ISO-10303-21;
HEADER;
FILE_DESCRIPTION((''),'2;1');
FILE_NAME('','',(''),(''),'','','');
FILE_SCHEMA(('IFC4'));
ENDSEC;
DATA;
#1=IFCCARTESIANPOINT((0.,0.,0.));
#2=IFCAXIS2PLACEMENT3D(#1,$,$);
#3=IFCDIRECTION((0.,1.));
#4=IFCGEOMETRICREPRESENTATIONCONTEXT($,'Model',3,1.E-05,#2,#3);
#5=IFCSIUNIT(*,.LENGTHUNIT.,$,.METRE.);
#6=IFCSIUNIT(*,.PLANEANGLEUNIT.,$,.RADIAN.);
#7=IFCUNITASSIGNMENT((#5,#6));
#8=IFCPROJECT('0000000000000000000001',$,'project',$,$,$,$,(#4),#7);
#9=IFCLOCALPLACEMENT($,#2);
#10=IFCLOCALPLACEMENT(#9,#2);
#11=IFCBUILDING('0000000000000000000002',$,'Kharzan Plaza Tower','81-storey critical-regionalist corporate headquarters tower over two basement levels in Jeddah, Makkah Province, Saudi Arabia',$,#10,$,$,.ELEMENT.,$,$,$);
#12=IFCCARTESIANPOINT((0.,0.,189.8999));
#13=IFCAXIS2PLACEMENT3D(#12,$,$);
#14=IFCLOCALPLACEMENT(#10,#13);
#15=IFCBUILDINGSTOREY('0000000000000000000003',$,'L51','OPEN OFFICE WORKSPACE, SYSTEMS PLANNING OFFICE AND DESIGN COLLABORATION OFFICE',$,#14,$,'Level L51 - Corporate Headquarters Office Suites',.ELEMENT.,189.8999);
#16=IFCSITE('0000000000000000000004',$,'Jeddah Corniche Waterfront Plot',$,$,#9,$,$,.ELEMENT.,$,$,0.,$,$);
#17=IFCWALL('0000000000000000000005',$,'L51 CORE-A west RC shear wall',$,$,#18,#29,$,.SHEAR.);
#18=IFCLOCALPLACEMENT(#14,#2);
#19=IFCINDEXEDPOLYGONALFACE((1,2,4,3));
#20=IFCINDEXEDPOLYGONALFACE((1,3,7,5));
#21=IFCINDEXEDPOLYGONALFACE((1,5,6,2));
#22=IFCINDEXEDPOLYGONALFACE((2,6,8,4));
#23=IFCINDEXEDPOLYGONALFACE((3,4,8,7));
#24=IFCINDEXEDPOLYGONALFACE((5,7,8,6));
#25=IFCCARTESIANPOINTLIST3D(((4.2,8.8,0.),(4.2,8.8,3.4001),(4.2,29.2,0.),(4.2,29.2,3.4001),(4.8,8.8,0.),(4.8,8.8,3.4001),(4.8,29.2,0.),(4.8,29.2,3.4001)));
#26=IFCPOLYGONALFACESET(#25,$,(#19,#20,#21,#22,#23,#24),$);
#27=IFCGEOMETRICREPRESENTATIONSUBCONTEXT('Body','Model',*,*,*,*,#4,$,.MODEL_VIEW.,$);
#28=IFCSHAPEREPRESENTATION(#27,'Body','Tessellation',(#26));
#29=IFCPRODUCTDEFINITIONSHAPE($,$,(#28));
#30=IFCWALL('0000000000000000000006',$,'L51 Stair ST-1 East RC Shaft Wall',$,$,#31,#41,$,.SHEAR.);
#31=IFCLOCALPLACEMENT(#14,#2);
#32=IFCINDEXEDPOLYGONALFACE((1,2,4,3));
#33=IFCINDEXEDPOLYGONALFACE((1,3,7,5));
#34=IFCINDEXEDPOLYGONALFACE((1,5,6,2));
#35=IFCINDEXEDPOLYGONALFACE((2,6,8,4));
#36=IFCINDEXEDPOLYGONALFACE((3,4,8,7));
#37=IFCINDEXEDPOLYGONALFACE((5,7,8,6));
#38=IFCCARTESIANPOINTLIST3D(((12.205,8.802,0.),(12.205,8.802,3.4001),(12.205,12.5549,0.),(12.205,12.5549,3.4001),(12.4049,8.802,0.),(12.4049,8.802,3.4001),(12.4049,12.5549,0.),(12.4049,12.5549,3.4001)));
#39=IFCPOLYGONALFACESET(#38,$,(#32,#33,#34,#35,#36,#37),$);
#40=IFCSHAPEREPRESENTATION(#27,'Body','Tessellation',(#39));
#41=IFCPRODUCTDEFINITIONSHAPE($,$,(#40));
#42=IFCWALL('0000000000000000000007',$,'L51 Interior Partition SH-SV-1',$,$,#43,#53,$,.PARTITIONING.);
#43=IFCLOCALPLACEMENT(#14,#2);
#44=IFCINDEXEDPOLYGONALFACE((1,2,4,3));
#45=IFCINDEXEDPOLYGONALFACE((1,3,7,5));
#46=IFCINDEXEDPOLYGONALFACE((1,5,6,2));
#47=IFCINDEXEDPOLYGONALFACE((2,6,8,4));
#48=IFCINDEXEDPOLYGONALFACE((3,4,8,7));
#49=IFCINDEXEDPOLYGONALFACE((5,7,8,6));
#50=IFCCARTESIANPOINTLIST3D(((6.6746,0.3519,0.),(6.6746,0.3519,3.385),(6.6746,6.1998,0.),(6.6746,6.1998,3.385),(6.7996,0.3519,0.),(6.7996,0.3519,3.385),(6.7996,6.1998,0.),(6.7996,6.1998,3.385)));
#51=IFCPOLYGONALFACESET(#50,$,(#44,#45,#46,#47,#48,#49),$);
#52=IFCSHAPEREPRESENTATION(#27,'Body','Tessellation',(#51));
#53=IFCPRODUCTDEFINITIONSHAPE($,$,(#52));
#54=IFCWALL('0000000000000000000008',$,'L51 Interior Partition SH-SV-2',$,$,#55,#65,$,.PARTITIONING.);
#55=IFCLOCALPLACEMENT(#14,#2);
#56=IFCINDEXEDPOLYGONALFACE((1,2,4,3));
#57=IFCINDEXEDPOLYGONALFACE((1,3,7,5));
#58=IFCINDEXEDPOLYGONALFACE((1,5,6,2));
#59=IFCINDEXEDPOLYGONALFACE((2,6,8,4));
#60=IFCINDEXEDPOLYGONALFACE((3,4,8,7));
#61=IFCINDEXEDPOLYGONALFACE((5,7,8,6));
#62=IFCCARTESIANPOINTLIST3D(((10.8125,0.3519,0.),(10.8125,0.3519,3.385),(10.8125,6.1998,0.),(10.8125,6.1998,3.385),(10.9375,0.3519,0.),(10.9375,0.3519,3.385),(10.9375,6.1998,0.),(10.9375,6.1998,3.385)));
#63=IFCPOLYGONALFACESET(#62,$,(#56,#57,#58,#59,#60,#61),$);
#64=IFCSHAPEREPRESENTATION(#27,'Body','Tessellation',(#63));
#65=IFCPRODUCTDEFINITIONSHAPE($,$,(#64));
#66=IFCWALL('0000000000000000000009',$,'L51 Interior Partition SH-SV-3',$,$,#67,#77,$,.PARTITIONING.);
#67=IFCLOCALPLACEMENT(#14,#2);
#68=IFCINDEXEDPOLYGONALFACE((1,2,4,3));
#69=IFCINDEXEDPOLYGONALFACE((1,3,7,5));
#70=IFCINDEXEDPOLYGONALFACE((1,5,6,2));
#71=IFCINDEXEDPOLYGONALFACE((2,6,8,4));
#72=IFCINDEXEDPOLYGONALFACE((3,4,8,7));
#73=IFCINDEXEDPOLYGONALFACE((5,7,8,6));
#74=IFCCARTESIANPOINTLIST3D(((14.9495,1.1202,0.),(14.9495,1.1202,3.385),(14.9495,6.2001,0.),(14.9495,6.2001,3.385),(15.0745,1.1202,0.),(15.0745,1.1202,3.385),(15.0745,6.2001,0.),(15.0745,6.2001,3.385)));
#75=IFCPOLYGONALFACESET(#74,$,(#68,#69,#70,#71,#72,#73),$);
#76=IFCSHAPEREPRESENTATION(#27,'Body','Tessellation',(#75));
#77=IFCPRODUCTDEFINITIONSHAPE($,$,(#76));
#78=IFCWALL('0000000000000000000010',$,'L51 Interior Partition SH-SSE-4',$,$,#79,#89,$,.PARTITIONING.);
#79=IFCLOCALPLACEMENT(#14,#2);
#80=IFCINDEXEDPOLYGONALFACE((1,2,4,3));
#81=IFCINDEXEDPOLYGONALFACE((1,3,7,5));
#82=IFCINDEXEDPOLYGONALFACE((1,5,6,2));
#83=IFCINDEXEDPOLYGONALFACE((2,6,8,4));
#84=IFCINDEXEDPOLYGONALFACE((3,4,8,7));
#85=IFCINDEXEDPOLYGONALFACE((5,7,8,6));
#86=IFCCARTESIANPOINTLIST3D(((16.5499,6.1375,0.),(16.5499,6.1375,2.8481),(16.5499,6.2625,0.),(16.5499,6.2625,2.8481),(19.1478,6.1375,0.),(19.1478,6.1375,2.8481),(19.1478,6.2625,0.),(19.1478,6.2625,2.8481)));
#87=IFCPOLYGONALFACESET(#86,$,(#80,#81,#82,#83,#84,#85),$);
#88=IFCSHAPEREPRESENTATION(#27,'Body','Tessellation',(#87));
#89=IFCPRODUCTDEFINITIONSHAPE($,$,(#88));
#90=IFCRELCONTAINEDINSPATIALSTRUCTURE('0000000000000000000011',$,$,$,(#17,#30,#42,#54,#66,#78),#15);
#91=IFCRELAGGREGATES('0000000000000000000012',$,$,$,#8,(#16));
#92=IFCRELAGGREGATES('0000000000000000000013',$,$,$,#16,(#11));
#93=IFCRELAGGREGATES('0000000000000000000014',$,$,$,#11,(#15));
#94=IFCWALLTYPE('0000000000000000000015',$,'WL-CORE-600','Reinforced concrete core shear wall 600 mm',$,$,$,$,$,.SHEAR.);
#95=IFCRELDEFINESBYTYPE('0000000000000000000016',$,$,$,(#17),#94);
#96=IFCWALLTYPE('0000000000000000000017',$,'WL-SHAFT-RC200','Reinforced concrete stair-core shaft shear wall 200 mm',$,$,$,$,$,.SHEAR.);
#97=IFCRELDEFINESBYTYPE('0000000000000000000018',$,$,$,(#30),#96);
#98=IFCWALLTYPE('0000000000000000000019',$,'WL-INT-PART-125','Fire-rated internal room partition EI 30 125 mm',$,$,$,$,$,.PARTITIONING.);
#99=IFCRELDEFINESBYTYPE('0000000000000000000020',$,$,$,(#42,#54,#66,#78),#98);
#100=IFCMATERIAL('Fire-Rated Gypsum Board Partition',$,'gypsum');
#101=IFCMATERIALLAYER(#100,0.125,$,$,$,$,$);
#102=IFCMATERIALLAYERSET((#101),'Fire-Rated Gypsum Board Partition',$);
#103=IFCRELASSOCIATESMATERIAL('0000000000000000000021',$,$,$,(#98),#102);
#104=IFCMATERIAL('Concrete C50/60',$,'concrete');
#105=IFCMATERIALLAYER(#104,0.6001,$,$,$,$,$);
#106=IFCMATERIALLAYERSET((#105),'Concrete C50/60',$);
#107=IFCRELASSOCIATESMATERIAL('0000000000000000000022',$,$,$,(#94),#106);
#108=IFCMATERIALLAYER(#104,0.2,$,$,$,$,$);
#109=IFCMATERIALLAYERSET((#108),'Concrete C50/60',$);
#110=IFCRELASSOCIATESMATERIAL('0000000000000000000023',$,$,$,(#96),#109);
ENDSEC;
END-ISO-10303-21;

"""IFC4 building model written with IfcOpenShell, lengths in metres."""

from ifc_helpers import new_model, si_unit, direction, frame, frame_2d, origin, place, context, subcontext, project, spatial, rectangle, extrude, source, transform, mapped, material, layer, layer_set, type_object, element, save


model = new_model("IFC4")

# Units and contexts
model_context = context("Model", 3, precision=1e-05, world=origin(), true_north=direction((0.0, 1.0)))
body_context = subcontext(model_context, "Body", "Model", "MODEL_VIEW")
ifc_project = project(units=[si_unit("LENGTHUNIT", "METRE"), si_unit("PLANEANGLEUNIT", "RADIAN")], contexts=[model_context])

# Site, building, storey
site_placement = place(None, origin())
site = spatial("IfcSite", under=ifc_project, at=site_placement, Name="Jeddah Corniche Waterfront Plot", CompositionType="ELEMENT", RefElevation=0.0)
building_placement = place(site_placement, origin())
building = spatial("IfcBuilding", under=site, at=building_placement, Name="Kharzan Plaza Tower", Description="81-storey critical-regionalist corporate headquarters tower over two basement levels in Jeddah, Makkah Province, Saudi Arabia", CompositionType="ELEMENT")
storey_placement = place(building_placement, frame((0.0, 0.0, 189.8999)))
storey = spatial("IfcBuildingStorey", under=building, at=storey_placement, Name="L51", Description="OPEN OFFICE WORKSPACE, SYSTEMS PLANNING OFFICE AND DESIGN COLLABORATION OFFICE", LongName="Level L51 - Corporate Headquarters Office Suites", CompositionType="ELEMENT", Elevation=189.8999)

# Shared definitions
ifc_material_1 = material(Name="Concrete C50/60", Category="concrete")

# Shared definitions
ifc_material_2 = material(Name="Fire-Rated Gypsum Board Partition", Category="gypsum")
ifc_layer_1 = layer(ifc_material_2, 0.125)
ifc_layer_set_1 = layer_set([ifc_layer_1], Name="Fire-Rated Gypsum Board Partition")
wall_type_1 = type_object("IfcWallType", Name="WL-INT-PART-125", Description="Fire-rated internal room partition EI 30 125 mm", PredefinedType="PARTITIONING", material=ifc_layer_set_1)

# Walls
ifc_layer_2 = layer(ifc_material_1, 0.6001)
ifc_layer_set_2 = layer_set([ifc_layer_2], Name="Concrete C50/60")
wall_type_2 = type_object("IfcWallType", Name="WL-CORE-600", Description="Reinforced concrete core shear wall 600 mm", PredefinedType="SHEAR", material=ifc_layer_set_2)
shared_shape_1 = source(origin(), body_context, "Body", "SweptSolid", [
    extrude(rectangle(XDim=20.3999, YDim=0.6001, at=frame_2d((10.2, 0.0))), origin(), (0.0, 0.0, 1.0), 3.4001),
])
wall_1_placement = place(storey_placement, frame((4.5, 8.8, 0.0), z_axis=(0.0, 0.0, 1.0), x_axis=(0.0, 1.0, 0.0)))
element("IfcWall", 1, at=wall_1_placement, inside=storey, type_object=wall_type_2, Name="L51 CORE-A west RC shear wall", PredefinedType="SHEAR", context=body_context, shape_type="MappedRepresentation", body=[
    mapped(shared_shape_1, transform((0.0, 0.0, 0.0), x_axis=(1.0, 0.0, 0.0), y_axis=(0.0, 1.0, 0.0), z_axis=(0.0, 0.0, 1.0))),
])
ifc_layer_3 = layer(ifc_material_1, 0.2)
ifc_layer_set_3 = layer_set([ifc_layer_3], Name="Concrete C50/60")
wall_type_3 = type_object("IfcWallType", Name="WL-SHAFT-RC200", Description="Reinforced concrete stair-core shaft shear wall 200 mm", PredefinedType="SHEAR", material=ifc_layer_set_3)
shared_shape_2 = source(origin(), body_context, "Body", "SweptSolid", [
    extrude(rectangle(XDim=3.7529, YDim=0.2, at=frame_2d((1.8765, 0.0))), origin(), (0.0, 0.0, 1.0), 3.4001),
])
wall_2_placement = place(storey_placement, frame((12.3049, 8.802, 0.0), z_axis=(0.0, 0.0, 1.0), x_axis=(0.0, 1.0, 0.0)))
element("IfcWall", 2, at=wall_2_placement, inside=storey, type_object=wall_type_3, Name="L51 Stair ST-1 East RC Shaft Wall", PredefinedType="SHEAR", context=body_context, shape_type="MappedRepresentation", body=[
    mapped(shared_shape_2, transform((0.0, 0.0, 0.0), x_axis=(1.0, 0.0, 0.0), y_axis=(0.0, 1.0, 0.0), z_axis=(0.0, 0.0, 1.0))),
])
shared_shape_3 = source(origin(), body_context, "Body", "SweptSolid", [
    extrude(rectangle(XDim=5.8479, YDim=0.125, at=frame_2d((2.9238, 0.0))), origin(), (0.0, 0.0, 1.0), 3.385),
])
for number, where, z_axis, x_axis, name in (
    (3, (6.7371, 0.3521, 0.0), (0.0, 0.0, 1.0), (0.0, 1.0, 0.0), "L51 Interior Partition SH-SV-1"),
    (4, (10.875, 0.3521, 0.0), (0.0, 0.0, 1.0), (0.0, 1.0, 0.0), "L51 Interior Partition SH-SV-2"),
):
    element("IfcWall", number, at=place(storey_placement, frame(where, z_axis=z_axis, x_axis=x_axis)), inside=storey, type_object=wall_type_1, Name=name, PredefinedType="PARTITIONING", context=body_context, shape_type="MappedRepresentation", body=[
        mapped(shared_shape_3, transform((0.0, 0.0, 0.0), x_axis=(1.0, 0.0, 0.0), y_axis=(0.0, 1.0, 0.0), z_axis=(0.0, 0.0, 1.0))),
    ])
shared_shape_4 = source(origin(), body_context, "Body", "SweptSolid", [
    extrude(rectangle(XDim=5.0798, YDim=0.125, at=frame_2d((2.54, 0.0))), origin(), (0.0, 0.0, 1.0), 3.385),
])
wall_3_placement = place(storey_placement, frame((15.012, 1.1201, 0.0), z_axis=(0.0, 0.0, 1.0), x_axis=(0.0, 1.0, 0.0)))
element("IfcWall", 5, at=wall_3_placement, inside=storey, type_object=wall_type_1, Name="L51 Interior Partition SH-SV-3", PredefinedType="PARTITIONING", context=body_context, shape_type="MappedRepresentation", body=[
    mapped(shared_shape_4, transform((0.0, 0.0, 0.0), x_axis=(1.0, 0.0, 0.0), y_axis=(0.0, 1.0, 0.0), z_axis=(0.0, 0.0, 1.0))),
])
shared_shape_5 = source(origin(), body_context, "Body", "SweptSolid", [
    extrude(rectangle(XDim=2.5979, YDim=0.125, at=frame_2d((1.2988, 0.0))), origin(), (0.0, 0.0, 1.0), 2.8481),
])
wall_4_placement = place(storey_placement, frame((16.55, 6.2, 0.0), z_axis=(0.0, 0.0, 1.0), x_axis=(1.0, 0.0, 0.0)))
element("IfcWall", 6, at=wall_4_placement, inside=storey, type_object=wall_type_1, Name="L51 Interior Partition SH-SSE-4", PredefinedType="PARTITIONING", context=body_context, shape_type="MappedRepresentation", body=[
    mapped(shared_shape_5, transform((0.0, 0.0, 0.0), x_axis=(1.0, 0.0, 0.0), y_axis=(0.0, 1.0, 0.0), z_axis=(0.0, 0.0, 1.0))),
])

save(model, "model.ifc")
